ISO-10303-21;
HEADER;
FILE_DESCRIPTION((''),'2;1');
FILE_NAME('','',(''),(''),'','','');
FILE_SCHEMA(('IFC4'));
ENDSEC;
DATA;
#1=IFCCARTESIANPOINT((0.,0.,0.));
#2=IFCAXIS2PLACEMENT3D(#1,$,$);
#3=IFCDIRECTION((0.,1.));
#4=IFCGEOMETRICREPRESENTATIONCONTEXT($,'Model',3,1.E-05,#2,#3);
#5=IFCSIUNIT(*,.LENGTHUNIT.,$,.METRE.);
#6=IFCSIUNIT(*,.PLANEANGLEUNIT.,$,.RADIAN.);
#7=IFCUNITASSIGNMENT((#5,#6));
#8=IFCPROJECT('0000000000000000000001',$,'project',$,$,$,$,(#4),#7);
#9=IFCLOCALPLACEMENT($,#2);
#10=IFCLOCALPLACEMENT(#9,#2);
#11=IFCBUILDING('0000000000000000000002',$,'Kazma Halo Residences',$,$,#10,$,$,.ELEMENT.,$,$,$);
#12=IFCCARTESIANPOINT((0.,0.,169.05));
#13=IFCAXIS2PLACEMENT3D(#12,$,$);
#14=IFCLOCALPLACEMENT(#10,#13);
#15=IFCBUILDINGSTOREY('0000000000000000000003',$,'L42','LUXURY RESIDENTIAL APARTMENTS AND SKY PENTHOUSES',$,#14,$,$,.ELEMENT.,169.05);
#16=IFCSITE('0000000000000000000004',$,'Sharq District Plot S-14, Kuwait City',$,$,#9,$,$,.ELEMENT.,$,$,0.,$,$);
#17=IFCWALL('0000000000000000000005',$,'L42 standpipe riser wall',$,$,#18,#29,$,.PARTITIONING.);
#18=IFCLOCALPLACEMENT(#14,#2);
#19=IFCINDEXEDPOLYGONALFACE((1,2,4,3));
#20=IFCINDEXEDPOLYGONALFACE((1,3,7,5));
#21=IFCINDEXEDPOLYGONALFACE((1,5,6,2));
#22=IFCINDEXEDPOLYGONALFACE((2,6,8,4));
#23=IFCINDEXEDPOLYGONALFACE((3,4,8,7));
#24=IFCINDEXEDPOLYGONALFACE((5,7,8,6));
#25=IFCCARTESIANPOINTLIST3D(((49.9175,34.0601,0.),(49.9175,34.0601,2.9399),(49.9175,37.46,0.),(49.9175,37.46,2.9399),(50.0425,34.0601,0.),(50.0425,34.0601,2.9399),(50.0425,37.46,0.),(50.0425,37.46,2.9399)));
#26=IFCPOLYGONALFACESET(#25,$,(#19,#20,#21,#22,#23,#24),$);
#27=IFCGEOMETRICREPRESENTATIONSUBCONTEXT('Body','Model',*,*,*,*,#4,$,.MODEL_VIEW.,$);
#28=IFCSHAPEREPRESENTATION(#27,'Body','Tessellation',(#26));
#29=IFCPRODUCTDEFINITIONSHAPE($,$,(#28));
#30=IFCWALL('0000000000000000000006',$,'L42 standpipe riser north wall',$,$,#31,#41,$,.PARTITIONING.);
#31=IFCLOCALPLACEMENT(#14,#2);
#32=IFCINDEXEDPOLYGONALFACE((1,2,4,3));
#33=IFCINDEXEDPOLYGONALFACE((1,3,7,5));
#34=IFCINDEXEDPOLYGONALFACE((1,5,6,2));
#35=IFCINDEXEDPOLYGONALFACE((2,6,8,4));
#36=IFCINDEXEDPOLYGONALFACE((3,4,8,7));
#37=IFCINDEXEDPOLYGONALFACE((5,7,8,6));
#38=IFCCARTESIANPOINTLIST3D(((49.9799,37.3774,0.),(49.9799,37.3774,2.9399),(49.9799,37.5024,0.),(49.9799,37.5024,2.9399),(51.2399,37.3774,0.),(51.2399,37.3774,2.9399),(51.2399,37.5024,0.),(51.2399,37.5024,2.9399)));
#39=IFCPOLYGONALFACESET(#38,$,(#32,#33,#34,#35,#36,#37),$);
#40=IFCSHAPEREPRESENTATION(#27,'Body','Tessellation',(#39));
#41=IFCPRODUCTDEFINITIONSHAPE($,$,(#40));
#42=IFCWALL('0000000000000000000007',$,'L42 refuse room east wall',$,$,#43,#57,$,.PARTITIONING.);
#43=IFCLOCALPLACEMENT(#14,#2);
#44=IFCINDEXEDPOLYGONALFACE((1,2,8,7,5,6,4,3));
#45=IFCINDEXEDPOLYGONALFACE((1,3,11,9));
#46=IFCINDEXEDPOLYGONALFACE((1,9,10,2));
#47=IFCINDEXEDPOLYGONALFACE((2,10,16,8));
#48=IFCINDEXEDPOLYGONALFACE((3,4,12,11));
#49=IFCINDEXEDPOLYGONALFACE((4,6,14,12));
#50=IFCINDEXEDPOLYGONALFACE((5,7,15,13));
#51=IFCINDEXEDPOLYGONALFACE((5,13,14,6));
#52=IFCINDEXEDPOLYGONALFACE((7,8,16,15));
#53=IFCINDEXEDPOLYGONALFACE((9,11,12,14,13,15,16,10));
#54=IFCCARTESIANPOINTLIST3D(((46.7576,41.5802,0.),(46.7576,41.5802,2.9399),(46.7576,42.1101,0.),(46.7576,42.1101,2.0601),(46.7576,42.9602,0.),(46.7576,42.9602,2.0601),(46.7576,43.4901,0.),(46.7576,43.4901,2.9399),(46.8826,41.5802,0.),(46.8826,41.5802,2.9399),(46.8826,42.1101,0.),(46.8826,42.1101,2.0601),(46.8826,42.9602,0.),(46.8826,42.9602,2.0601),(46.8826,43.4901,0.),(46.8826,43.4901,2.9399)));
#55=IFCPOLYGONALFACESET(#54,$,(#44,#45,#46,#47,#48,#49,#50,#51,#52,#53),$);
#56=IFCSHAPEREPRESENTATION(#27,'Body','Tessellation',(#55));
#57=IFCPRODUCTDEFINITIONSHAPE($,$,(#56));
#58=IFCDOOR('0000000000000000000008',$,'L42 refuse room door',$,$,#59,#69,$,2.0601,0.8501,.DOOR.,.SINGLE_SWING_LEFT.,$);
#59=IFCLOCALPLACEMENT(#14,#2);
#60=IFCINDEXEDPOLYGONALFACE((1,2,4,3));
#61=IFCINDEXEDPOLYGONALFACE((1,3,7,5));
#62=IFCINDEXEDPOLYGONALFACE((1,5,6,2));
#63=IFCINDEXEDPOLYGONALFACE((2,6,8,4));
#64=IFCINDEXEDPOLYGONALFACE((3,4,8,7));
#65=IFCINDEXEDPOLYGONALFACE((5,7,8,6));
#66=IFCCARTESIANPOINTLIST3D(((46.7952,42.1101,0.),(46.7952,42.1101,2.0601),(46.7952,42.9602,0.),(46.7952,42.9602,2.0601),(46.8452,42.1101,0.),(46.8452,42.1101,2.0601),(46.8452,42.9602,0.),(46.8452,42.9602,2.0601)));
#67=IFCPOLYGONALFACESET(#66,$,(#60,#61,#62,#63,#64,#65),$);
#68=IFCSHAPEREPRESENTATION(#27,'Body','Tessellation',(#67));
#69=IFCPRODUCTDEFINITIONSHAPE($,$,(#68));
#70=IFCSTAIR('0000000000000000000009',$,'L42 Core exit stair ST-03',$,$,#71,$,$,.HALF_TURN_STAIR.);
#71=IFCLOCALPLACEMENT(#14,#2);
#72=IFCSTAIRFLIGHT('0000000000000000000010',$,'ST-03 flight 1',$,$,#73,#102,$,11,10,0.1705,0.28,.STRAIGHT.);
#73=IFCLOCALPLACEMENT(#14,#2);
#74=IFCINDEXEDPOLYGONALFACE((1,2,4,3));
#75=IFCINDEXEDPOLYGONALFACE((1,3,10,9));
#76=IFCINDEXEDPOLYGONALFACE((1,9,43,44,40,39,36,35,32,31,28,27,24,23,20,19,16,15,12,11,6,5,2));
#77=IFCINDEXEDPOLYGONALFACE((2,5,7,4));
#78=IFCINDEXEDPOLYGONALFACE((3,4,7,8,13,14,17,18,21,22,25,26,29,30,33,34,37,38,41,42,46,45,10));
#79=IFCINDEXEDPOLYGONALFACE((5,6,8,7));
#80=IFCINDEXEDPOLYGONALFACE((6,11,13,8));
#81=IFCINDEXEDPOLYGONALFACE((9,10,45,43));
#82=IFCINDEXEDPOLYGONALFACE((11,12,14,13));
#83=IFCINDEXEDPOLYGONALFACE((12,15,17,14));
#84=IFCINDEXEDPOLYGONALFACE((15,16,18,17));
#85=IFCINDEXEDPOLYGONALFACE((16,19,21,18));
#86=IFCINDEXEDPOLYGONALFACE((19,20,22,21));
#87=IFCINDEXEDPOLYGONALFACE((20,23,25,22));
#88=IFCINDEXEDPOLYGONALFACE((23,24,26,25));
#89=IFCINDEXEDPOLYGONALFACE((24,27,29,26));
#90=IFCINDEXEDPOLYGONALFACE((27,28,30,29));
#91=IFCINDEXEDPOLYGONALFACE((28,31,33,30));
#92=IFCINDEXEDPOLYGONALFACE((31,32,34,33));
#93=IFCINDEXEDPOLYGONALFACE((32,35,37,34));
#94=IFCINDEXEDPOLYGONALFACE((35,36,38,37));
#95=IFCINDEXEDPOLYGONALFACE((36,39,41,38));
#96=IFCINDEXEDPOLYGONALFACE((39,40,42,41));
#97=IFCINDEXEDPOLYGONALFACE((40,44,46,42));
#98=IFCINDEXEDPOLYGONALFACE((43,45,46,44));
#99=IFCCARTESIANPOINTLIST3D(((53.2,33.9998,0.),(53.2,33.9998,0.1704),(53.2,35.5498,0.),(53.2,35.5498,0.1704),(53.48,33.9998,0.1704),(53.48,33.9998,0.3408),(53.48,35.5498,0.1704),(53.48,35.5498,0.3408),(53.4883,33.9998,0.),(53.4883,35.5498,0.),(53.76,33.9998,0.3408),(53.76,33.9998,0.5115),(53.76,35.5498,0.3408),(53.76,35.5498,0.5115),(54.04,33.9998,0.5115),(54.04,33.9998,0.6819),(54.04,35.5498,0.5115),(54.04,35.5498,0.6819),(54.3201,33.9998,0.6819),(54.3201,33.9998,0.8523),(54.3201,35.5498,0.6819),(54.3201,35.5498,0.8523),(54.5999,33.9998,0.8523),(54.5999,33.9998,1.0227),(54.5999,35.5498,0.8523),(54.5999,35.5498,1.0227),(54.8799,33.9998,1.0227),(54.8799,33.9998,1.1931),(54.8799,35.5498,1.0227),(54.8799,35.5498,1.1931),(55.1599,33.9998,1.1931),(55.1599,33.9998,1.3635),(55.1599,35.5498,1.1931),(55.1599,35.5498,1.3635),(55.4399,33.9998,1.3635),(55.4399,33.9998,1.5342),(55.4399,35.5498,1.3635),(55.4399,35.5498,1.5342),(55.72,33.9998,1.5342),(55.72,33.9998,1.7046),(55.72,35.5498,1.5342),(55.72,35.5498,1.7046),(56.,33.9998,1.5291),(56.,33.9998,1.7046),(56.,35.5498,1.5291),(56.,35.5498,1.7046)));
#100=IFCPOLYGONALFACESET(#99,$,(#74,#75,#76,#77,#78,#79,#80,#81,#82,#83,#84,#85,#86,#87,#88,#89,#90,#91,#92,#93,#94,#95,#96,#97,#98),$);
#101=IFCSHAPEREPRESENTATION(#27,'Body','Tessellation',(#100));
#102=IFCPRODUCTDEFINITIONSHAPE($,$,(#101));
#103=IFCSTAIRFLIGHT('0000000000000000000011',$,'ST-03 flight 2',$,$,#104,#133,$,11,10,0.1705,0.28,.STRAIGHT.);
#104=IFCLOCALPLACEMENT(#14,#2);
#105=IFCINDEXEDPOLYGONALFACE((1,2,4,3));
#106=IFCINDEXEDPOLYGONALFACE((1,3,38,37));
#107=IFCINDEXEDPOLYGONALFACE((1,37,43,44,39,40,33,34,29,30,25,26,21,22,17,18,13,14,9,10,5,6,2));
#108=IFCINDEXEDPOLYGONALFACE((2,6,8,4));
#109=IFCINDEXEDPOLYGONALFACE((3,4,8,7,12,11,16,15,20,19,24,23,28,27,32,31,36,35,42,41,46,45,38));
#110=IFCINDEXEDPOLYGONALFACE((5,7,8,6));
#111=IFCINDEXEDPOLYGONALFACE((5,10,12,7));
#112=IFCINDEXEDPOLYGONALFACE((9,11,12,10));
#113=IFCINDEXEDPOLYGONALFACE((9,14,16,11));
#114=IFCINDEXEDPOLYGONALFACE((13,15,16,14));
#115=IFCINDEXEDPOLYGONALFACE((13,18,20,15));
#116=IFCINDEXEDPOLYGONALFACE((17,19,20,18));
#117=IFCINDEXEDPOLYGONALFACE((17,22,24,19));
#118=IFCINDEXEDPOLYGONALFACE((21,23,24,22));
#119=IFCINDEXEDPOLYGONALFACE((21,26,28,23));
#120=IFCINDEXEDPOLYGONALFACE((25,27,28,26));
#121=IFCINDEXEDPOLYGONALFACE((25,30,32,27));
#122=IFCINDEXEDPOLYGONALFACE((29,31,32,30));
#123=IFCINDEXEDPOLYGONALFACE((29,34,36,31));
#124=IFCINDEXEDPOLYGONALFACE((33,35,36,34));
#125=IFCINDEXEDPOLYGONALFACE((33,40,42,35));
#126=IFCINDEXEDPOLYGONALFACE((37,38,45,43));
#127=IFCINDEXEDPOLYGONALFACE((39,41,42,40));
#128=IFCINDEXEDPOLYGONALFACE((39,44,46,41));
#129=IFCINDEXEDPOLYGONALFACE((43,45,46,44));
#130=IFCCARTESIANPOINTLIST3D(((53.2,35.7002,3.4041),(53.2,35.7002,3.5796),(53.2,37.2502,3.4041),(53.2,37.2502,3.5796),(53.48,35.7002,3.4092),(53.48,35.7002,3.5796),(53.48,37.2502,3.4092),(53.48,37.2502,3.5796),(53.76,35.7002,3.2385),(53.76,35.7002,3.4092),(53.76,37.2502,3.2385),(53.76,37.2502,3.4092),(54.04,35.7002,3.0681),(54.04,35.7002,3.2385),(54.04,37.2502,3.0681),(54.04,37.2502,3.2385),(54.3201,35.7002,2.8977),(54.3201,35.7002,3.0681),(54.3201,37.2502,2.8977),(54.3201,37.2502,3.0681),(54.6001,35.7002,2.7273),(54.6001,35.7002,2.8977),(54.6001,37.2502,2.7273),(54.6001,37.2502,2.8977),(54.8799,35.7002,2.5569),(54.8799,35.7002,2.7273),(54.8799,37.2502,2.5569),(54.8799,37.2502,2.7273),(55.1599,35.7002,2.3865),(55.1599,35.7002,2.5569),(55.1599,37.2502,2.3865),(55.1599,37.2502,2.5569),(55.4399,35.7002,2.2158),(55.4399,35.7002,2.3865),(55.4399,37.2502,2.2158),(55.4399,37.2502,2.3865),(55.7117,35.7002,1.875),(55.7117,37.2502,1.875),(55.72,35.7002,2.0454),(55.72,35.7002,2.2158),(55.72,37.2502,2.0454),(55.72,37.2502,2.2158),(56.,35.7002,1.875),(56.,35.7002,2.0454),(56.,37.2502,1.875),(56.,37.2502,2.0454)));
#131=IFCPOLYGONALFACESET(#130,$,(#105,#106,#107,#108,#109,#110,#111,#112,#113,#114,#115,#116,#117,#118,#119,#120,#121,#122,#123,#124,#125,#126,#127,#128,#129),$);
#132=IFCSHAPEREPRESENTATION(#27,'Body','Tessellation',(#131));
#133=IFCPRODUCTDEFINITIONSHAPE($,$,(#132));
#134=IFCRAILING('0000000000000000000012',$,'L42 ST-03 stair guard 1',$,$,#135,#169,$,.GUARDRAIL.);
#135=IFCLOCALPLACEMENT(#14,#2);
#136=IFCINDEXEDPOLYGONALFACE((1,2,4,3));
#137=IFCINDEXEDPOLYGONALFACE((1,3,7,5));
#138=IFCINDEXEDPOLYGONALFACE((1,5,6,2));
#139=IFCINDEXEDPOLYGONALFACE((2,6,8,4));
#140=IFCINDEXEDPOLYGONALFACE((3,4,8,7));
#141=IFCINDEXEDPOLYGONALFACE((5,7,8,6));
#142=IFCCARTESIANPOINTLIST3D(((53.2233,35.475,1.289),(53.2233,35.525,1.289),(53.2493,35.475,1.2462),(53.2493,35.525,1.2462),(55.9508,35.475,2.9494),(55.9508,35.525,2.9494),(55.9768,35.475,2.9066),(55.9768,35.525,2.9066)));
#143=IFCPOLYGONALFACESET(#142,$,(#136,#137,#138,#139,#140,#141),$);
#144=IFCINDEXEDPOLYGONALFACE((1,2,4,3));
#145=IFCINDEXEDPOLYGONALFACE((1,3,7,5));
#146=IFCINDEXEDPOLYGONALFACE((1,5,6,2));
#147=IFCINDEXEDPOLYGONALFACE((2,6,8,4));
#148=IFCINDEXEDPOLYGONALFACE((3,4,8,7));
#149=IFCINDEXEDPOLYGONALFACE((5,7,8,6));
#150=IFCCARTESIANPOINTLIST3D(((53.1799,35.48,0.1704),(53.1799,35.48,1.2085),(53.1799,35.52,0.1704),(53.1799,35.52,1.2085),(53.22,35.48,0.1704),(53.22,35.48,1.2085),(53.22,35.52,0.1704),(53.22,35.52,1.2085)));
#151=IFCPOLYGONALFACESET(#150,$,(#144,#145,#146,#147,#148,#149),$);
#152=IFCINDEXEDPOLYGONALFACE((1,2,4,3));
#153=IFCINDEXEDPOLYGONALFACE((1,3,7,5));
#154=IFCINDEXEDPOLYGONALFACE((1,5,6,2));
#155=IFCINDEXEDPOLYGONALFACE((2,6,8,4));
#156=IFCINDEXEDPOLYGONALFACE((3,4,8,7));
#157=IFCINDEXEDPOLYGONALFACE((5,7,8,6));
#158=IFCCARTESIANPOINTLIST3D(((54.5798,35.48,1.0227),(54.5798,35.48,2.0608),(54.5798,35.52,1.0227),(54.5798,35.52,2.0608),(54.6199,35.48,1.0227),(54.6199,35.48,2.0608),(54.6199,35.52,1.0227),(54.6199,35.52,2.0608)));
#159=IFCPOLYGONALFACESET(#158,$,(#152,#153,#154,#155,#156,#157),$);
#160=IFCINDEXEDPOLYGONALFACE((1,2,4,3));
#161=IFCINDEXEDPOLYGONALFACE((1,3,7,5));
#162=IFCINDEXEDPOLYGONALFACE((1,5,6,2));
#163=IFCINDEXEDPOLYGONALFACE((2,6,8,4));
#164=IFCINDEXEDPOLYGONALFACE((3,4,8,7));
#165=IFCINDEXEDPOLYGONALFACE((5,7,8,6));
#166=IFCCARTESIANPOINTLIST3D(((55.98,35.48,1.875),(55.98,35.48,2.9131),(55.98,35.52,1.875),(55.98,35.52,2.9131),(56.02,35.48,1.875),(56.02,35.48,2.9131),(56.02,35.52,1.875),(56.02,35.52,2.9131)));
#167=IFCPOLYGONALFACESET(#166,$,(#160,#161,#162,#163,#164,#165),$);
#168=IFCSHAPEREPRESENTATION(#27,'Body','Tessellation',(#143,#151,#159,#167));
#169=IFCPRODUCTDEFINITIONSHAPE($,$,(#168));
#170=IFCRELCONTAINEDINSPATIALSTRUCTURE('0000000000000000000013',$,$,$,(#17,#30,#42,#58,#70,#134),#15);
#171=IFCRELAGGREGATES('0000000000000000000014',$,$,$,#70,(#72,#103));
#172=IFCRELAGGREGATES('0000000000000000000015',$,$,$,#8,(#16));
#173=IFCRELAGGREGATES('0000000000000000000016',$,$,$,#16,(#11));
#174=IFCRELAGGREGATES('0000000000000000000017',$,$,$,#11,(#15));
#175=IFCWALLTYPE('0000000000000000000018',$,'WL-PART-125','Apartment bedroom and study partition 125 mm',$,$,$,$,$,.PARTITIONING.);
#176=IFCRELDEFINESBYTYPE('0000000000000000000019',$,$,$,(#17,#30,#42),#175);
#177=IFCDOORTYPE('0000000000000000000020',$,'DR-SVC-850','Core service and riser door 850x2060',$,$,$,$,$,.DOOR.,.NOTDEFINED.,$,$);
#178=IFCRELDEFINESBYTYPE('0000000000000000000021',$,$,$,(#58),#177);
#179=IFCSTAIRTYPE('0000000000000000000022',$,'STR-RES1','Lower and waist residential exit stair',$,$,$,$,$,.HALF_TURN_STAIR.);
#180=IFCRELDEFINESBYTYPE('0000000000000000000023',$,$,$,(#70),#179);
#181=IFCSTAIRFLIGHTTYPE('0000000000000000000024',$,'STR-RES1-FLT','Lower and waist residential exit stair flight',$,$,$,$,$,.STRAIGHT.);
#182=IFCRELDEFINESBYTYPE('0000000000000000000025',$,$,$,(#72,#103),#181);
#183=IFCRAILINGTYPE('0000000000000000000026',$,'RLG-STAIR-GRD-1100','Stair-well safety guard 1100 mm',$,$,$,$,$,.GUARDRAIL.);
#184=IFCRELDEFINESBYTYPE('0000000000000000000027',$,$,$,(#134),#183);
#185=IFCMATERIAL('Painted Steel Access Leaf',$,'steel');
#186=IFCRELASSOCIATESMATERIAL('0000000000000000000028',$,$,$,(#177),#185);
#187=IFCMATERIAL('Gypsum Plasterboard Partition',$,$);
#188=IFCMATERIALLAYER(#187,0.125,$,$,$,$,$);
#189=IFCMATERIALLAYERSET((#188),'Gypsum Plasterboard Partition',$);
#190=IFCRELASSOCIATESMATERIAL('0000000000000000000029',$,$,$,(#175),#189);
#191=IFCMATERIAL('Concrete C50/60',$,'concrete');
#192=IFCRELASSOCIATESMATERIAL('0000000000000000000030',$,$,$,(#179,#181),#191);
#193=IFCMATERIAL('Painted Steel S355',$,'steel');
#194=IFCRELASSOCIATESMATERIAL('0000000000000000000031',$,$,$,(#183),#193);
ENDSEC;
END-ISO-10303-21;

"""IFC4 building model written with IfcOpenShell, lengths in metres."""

from ifc_helpers import new_model, si_unit, direction, frame, frame_2d, origin, origin_2d, place, context, subcontext, project, spatial, polyline, rectangle, outline, extrude, material, layer, layer_set, type_object, element, fill, aggregate, save


model = new_model("IFC4")

# Units and contexts
model_context = context("Model", 3, precision=1e-05, world=origin(), true_north=direction((0.0, 1.0)))
body_context = subcontext(model_context, "Body", "Model", "MODEL_VIEW")
ifc_project = project(units=[si_unit("LENGTHUNIT", "METRE"), si_unit("PLANEANGLEUNIT", "RADIAN")], contexts=[model_context])

# Site, building, storey
site_placement = place(None, origin())
site = spatial("IfcSite", under=ifc_project, at=site_placement, Name="Sharq District Plot S-14, Kuwait City", CompositionType="ELEMENT", RefElevation=0.0)
building_placement = place(site_placement, origin())
building = spatial("IfcBuilding", under=site, at=building_placement, Name="Kazma Halo Residences", CompositionType="ELEMENT")
storey_placement = place(building_placement, frame((0.0, 0.0, 169.05)))
storey = spatial("IfcBuildingStorey", under=building, at=storey_placement, Name="L42", Description="LUXURY RESIDENTIAL APARTMENTS AND SKY PENTHOUSES", CompositionType="ELEMENT", Elevation=169.05)

# Shared definitions
ifc_material_1 = material(Name="Painted Steel Access Leaf", Category="steel")
door_type_1 = type_object("IfcDoorType", Name="DR-SVC-850", Description="Core service and riser door 850x2060", OperationType="NOTDEFINED", PredefinedType="DOOR", material=ifc_material_1)

# Walls
ifc_material_2 = material(Name="Gypsum Plasterboard Partition")
ifc_layer_1 = layer(ifc_material_2, 0.125)
ifc_layer_set_1 = layer_set([ifc_layer_1], Name="Gypsum Plasterboard Partition")
wall_type_1 = type_object("IfcWallType", Name="WL-PART-125", Description="Apartment bedroom and study partition 125 mm", PredefinedType="PARTITIONING", material=ifc_layer_set_1)
wall_1_placement = place(storey_placement, frame((49.98, 34.0601, 0.0), z_axis=(0.0, 0.0, 1.0), x_axis=(0.0, 1.0, 0.0)))
element("IfcWall", 1, at=wall_1_placement, inside=storey, type_object=wall_type_1, Name="L42 standpipe riser wall", PredefinedType="PARTITIONING", context=body_context, shape_type="SweptSolid", body=[
    extrude(rectangle(XDim=3.3999, YDim=0.125, at=frame_2d((1.7, 0.0))), origin(), (0.0, 0.0, 1.0), 2.9399),
])
wall_2_placement = place(storey_placement, frame((49.98, 37.4399, 0.0), z_axis=(0.0, 0.0, 1.0), x_axis=(1.0, 0.0, 0.0)))
element("IfcWall", 2, at=wall_2_placement, inside=storey, type_object=wall_type_1, Name="L42 standpipe riser north wall", PredefinedType="PARTITIONING", context=body_context, shape_type="SweptSolid", body=[
    extrude(rectangle(XDim=1.26, YDim=0.125, at=frame_2d((0.6299, 0.0))), origin(), (0.0, 0.0, 1.0), 2.9399),
])

# Wall, opening, door
wall_3_placement = place(storey_placement, frame((46.8201, 41.5801, 0.0), z_axis=(0.0, 0.0, 1.0), x_axis=(0.0, 1.0, 0.0)))
wall_3 = element("IfcWall", 3, at=wall_3_placement, inside=storey, type_object=wall_type_1, Name="L42 refuse room east wall", PredefinedType="PARTITIONING", context=body_context, shape_type="SweptSolid", body=[
    extrude(rectangle(XDim=1.9099, YDim=0.125, at=frame_2d((0.9551, 0.0))), origin(), (0.0, 0.0, 1.0), 2.9399),
])
opening_1_placement = place(wall_3_placement, frame((0.53, 0.0, 0.0)))
opening_1 = element("IfcOpeningElement", 4, at=opening_1_placement, cuts=wall_3, PredefinedType="OPENING", context=body_context, shape_type="SweptSolid", body=[
    extrude(rectangle(XDim=0.8501, YDim=2.0601, at=frame_2d((0.425, 1.03))), frame((0.0, 0.0725, 0.0), z_axis=(0.0, -1.0, 0.0), x_axis=(1.0, 0.0, 0.0)), (0.0, 0.0, 1.0), 0.145),
])
door_1_placement = place(opening_1_placement, origin())
door_1 = element("IfcDoor", 5, at=door_1_placement, inside=storey, type_object=door_type_1, Name="L42 refuse room door", OperationType="SINGLE_SWING_LEFT", OverallHeight=2.0601, OverallWidth=0.8501, PredefinedType="DOOR", context=body_context, shape_type="SweptSolid", body=[
    extrude(rectangle(XDim=0.8501, YDim=2.0601, at=frame_2d((0.425, 1.03))), frame((0.0, 0.0249, 0.0), z_axis=(0.0, -1.0, 0.0), x_axis=(1.0, 0.0, 0.0)), (0.0, 0.0, 1.0), 0.05),
])
fill(opening_1, door_1)
ifc_material_3 = material(Name="Concrete C50/60", Category="concrete")

# Stair, stair flights
stair_type = type_object("IfcStairType", Name="STR-RES1", Description="Lower and waist residential exit stair", PredefinedType="HALF_TURN_STAIR", material=ifc_material_3)
stair_placement = place(storey_placement, origin())
stair = element("IfcStair", 6, at=stair_placement, inside=storey, type_object=stair_type, Name="L42 Core exit stair ST-03", PredefinedType="HALF_TURN_STAIR")
stair_flight_type = type_object("IfcStairFlightType", Name="STR-RES1-FLT", Description="Lower and waist residential exit stair flight", PredefinedType="STRAIGHT", material=ifc_material_3)
stair_flight_1_placement = place(storey_placement, frame((53.2, 34.7749, 0.0), z_axis=(0.0, 0.0, 1.0), x_axis=(1.0, 0.0, 0.0)))
stair_flight_1 = element("IfcStairFlight", 7, at=stair_flight_1_placement, type_object=stair_flight_type, Name="ST-03 flight 1", NumberOfRisers=11, NumberOfTreads=10, PredefinedType="STRAIGHT", RiserHeight=0.1705, TreadLength=0.28, context=body_context, shape_type="SweptSolid", body=[
    extrude(outline(polyline([(0.0, 0.0), (0.0, 0.1704), (0.28, 0.1704), (0.28, 0.3408), (0.5601, 0.3408), (0.5601, 0.5115), (0.8401, 0.5115), (0.8401, 0.6819), (1.1201, 0.6819), (1.1201, 0.8523), (1.3999, 0.8523), (1.3999, 1.0227), (1.6799, 1.0227), (1.6799, 1.1931), (1.96, 1.1931), (1.96, 1.3635), (2.24, 1.3635), (2.24, 1.5342), (2.52, 1.5342), (2.52, 1.7046), (2.8, 1.7046), (2.8, 1.875), (2.8, 1.5291), (0.2883, 0.0), (0.0, 0.0)])), frame((0.0, 0.7749, 0.0), z_axis=(0.0, -1.0, 0.0), x_axis=(1.0, 0.0, 0.0)), (0.0, 0.0, 1.0), 1.55),
])
stair_flight_2_placement = place(storey_placement, frame((56.0, 36.4751, 1.875), z_axis=(0.0, 0.0, 1.0), x_axis=(-1.0, 0.0, 0.0)))
stair_flight_2 = element("IfcStairFlight", 8, at=stair_flight_2_placement, type_object=stair_flight_type, Name="ST-03 flight 2", NumberOfRisers=11, NumberOfTreads=10, PredefinedType="STRAIGHT", RiserHeight=0.1705, TreadLength=0.28, context=body_context, shape_type="SweptSolid", body=[
    extrude(outline(polyline([(0.0, 0.0), (0.0, 0.1704), (0.28, 0.1704), (0.28, 0.3408), (0.5601, 0.3408), (0.5601, 0.5115), (0.8401, 0.5115), (0.8401, 0.6819), (1.1201, 0.6819), (1.1201, 0.8523), (1.3999, 0.8523), (1.3999, 1.0227), (1.6799, 1.0227), (1.6799, 1.1931), (1.96, 1.1931), (1.96, 1.3635), (2.24, 1.3635), (2.24, 1.5342), (2.52, 1.5342), (2.52, 1.7046), (2.8, 1.7046), (2.8, 1.875), (2.8, 1.5291), (0.2883, 0.0), (0.0, 0.0)])), frame((0.0, 0.7749, 0.0), z_axis=(0.0, -1.0, 0.0), x_axis=(1.0, 0.0, 0.0)), (0.0, 0.0, 1.0), 1.55),
])
aggregate(stair, [stair_flight_1, stair_flight_2])

# Railing
ifc_material_4 = material(Name="Painted Steel S355", Category="steel")
railing_type_1 = type_object("IfcRailingType", Name="RLG-STAIR-GRD-1100", Description="Stair-well safety guard 1100 mm", PredefinedType="GUARDRAIL", material=ifc_material_4)
railing_1_placement = place(storey_placement, frame((53.2, 35.5, 0.1704)))
element("IfcRailing", 9, at=railing_1_placement, inside=storey, type_object=railing_type_1, Name="L42 ST-03 stair guard 1", PredefinedType="GUARDRAIL", context=body_context, shape_type="SweptSolid", body=[
    extrude(rectangle(XDim=0.05, YDim=0.05, at=origin_2d()), frame((0.0364, 0.0, 1.0972), z_axis=(0.85417, 0.0, 0.519994), x_axis=(0.0, 1.0, 0.0)), (0.0, 0.0, 1.0), 3.1931),
    extrude(rectangle(XDim=0.04, YDim=0.04, at=origin_2d()), origin(), (0.0, 0.0, 1.0), 1.0381),
    extrude(rectangle(XDim=0.04, YDim=0.04, at=origin_2d()), frame((1.3999, 0.0, 0.8523)), (0.0, 0.0, 1.0), 1.0381),
    extrude(rectangle(XDim=0.04, YDim=0.04, at=origin_2d()), frame((2.8, 0.0, 1.7046)), (0.0, 0.0, 1.0), 1.0381),
])

save(model, "model.ifc")
